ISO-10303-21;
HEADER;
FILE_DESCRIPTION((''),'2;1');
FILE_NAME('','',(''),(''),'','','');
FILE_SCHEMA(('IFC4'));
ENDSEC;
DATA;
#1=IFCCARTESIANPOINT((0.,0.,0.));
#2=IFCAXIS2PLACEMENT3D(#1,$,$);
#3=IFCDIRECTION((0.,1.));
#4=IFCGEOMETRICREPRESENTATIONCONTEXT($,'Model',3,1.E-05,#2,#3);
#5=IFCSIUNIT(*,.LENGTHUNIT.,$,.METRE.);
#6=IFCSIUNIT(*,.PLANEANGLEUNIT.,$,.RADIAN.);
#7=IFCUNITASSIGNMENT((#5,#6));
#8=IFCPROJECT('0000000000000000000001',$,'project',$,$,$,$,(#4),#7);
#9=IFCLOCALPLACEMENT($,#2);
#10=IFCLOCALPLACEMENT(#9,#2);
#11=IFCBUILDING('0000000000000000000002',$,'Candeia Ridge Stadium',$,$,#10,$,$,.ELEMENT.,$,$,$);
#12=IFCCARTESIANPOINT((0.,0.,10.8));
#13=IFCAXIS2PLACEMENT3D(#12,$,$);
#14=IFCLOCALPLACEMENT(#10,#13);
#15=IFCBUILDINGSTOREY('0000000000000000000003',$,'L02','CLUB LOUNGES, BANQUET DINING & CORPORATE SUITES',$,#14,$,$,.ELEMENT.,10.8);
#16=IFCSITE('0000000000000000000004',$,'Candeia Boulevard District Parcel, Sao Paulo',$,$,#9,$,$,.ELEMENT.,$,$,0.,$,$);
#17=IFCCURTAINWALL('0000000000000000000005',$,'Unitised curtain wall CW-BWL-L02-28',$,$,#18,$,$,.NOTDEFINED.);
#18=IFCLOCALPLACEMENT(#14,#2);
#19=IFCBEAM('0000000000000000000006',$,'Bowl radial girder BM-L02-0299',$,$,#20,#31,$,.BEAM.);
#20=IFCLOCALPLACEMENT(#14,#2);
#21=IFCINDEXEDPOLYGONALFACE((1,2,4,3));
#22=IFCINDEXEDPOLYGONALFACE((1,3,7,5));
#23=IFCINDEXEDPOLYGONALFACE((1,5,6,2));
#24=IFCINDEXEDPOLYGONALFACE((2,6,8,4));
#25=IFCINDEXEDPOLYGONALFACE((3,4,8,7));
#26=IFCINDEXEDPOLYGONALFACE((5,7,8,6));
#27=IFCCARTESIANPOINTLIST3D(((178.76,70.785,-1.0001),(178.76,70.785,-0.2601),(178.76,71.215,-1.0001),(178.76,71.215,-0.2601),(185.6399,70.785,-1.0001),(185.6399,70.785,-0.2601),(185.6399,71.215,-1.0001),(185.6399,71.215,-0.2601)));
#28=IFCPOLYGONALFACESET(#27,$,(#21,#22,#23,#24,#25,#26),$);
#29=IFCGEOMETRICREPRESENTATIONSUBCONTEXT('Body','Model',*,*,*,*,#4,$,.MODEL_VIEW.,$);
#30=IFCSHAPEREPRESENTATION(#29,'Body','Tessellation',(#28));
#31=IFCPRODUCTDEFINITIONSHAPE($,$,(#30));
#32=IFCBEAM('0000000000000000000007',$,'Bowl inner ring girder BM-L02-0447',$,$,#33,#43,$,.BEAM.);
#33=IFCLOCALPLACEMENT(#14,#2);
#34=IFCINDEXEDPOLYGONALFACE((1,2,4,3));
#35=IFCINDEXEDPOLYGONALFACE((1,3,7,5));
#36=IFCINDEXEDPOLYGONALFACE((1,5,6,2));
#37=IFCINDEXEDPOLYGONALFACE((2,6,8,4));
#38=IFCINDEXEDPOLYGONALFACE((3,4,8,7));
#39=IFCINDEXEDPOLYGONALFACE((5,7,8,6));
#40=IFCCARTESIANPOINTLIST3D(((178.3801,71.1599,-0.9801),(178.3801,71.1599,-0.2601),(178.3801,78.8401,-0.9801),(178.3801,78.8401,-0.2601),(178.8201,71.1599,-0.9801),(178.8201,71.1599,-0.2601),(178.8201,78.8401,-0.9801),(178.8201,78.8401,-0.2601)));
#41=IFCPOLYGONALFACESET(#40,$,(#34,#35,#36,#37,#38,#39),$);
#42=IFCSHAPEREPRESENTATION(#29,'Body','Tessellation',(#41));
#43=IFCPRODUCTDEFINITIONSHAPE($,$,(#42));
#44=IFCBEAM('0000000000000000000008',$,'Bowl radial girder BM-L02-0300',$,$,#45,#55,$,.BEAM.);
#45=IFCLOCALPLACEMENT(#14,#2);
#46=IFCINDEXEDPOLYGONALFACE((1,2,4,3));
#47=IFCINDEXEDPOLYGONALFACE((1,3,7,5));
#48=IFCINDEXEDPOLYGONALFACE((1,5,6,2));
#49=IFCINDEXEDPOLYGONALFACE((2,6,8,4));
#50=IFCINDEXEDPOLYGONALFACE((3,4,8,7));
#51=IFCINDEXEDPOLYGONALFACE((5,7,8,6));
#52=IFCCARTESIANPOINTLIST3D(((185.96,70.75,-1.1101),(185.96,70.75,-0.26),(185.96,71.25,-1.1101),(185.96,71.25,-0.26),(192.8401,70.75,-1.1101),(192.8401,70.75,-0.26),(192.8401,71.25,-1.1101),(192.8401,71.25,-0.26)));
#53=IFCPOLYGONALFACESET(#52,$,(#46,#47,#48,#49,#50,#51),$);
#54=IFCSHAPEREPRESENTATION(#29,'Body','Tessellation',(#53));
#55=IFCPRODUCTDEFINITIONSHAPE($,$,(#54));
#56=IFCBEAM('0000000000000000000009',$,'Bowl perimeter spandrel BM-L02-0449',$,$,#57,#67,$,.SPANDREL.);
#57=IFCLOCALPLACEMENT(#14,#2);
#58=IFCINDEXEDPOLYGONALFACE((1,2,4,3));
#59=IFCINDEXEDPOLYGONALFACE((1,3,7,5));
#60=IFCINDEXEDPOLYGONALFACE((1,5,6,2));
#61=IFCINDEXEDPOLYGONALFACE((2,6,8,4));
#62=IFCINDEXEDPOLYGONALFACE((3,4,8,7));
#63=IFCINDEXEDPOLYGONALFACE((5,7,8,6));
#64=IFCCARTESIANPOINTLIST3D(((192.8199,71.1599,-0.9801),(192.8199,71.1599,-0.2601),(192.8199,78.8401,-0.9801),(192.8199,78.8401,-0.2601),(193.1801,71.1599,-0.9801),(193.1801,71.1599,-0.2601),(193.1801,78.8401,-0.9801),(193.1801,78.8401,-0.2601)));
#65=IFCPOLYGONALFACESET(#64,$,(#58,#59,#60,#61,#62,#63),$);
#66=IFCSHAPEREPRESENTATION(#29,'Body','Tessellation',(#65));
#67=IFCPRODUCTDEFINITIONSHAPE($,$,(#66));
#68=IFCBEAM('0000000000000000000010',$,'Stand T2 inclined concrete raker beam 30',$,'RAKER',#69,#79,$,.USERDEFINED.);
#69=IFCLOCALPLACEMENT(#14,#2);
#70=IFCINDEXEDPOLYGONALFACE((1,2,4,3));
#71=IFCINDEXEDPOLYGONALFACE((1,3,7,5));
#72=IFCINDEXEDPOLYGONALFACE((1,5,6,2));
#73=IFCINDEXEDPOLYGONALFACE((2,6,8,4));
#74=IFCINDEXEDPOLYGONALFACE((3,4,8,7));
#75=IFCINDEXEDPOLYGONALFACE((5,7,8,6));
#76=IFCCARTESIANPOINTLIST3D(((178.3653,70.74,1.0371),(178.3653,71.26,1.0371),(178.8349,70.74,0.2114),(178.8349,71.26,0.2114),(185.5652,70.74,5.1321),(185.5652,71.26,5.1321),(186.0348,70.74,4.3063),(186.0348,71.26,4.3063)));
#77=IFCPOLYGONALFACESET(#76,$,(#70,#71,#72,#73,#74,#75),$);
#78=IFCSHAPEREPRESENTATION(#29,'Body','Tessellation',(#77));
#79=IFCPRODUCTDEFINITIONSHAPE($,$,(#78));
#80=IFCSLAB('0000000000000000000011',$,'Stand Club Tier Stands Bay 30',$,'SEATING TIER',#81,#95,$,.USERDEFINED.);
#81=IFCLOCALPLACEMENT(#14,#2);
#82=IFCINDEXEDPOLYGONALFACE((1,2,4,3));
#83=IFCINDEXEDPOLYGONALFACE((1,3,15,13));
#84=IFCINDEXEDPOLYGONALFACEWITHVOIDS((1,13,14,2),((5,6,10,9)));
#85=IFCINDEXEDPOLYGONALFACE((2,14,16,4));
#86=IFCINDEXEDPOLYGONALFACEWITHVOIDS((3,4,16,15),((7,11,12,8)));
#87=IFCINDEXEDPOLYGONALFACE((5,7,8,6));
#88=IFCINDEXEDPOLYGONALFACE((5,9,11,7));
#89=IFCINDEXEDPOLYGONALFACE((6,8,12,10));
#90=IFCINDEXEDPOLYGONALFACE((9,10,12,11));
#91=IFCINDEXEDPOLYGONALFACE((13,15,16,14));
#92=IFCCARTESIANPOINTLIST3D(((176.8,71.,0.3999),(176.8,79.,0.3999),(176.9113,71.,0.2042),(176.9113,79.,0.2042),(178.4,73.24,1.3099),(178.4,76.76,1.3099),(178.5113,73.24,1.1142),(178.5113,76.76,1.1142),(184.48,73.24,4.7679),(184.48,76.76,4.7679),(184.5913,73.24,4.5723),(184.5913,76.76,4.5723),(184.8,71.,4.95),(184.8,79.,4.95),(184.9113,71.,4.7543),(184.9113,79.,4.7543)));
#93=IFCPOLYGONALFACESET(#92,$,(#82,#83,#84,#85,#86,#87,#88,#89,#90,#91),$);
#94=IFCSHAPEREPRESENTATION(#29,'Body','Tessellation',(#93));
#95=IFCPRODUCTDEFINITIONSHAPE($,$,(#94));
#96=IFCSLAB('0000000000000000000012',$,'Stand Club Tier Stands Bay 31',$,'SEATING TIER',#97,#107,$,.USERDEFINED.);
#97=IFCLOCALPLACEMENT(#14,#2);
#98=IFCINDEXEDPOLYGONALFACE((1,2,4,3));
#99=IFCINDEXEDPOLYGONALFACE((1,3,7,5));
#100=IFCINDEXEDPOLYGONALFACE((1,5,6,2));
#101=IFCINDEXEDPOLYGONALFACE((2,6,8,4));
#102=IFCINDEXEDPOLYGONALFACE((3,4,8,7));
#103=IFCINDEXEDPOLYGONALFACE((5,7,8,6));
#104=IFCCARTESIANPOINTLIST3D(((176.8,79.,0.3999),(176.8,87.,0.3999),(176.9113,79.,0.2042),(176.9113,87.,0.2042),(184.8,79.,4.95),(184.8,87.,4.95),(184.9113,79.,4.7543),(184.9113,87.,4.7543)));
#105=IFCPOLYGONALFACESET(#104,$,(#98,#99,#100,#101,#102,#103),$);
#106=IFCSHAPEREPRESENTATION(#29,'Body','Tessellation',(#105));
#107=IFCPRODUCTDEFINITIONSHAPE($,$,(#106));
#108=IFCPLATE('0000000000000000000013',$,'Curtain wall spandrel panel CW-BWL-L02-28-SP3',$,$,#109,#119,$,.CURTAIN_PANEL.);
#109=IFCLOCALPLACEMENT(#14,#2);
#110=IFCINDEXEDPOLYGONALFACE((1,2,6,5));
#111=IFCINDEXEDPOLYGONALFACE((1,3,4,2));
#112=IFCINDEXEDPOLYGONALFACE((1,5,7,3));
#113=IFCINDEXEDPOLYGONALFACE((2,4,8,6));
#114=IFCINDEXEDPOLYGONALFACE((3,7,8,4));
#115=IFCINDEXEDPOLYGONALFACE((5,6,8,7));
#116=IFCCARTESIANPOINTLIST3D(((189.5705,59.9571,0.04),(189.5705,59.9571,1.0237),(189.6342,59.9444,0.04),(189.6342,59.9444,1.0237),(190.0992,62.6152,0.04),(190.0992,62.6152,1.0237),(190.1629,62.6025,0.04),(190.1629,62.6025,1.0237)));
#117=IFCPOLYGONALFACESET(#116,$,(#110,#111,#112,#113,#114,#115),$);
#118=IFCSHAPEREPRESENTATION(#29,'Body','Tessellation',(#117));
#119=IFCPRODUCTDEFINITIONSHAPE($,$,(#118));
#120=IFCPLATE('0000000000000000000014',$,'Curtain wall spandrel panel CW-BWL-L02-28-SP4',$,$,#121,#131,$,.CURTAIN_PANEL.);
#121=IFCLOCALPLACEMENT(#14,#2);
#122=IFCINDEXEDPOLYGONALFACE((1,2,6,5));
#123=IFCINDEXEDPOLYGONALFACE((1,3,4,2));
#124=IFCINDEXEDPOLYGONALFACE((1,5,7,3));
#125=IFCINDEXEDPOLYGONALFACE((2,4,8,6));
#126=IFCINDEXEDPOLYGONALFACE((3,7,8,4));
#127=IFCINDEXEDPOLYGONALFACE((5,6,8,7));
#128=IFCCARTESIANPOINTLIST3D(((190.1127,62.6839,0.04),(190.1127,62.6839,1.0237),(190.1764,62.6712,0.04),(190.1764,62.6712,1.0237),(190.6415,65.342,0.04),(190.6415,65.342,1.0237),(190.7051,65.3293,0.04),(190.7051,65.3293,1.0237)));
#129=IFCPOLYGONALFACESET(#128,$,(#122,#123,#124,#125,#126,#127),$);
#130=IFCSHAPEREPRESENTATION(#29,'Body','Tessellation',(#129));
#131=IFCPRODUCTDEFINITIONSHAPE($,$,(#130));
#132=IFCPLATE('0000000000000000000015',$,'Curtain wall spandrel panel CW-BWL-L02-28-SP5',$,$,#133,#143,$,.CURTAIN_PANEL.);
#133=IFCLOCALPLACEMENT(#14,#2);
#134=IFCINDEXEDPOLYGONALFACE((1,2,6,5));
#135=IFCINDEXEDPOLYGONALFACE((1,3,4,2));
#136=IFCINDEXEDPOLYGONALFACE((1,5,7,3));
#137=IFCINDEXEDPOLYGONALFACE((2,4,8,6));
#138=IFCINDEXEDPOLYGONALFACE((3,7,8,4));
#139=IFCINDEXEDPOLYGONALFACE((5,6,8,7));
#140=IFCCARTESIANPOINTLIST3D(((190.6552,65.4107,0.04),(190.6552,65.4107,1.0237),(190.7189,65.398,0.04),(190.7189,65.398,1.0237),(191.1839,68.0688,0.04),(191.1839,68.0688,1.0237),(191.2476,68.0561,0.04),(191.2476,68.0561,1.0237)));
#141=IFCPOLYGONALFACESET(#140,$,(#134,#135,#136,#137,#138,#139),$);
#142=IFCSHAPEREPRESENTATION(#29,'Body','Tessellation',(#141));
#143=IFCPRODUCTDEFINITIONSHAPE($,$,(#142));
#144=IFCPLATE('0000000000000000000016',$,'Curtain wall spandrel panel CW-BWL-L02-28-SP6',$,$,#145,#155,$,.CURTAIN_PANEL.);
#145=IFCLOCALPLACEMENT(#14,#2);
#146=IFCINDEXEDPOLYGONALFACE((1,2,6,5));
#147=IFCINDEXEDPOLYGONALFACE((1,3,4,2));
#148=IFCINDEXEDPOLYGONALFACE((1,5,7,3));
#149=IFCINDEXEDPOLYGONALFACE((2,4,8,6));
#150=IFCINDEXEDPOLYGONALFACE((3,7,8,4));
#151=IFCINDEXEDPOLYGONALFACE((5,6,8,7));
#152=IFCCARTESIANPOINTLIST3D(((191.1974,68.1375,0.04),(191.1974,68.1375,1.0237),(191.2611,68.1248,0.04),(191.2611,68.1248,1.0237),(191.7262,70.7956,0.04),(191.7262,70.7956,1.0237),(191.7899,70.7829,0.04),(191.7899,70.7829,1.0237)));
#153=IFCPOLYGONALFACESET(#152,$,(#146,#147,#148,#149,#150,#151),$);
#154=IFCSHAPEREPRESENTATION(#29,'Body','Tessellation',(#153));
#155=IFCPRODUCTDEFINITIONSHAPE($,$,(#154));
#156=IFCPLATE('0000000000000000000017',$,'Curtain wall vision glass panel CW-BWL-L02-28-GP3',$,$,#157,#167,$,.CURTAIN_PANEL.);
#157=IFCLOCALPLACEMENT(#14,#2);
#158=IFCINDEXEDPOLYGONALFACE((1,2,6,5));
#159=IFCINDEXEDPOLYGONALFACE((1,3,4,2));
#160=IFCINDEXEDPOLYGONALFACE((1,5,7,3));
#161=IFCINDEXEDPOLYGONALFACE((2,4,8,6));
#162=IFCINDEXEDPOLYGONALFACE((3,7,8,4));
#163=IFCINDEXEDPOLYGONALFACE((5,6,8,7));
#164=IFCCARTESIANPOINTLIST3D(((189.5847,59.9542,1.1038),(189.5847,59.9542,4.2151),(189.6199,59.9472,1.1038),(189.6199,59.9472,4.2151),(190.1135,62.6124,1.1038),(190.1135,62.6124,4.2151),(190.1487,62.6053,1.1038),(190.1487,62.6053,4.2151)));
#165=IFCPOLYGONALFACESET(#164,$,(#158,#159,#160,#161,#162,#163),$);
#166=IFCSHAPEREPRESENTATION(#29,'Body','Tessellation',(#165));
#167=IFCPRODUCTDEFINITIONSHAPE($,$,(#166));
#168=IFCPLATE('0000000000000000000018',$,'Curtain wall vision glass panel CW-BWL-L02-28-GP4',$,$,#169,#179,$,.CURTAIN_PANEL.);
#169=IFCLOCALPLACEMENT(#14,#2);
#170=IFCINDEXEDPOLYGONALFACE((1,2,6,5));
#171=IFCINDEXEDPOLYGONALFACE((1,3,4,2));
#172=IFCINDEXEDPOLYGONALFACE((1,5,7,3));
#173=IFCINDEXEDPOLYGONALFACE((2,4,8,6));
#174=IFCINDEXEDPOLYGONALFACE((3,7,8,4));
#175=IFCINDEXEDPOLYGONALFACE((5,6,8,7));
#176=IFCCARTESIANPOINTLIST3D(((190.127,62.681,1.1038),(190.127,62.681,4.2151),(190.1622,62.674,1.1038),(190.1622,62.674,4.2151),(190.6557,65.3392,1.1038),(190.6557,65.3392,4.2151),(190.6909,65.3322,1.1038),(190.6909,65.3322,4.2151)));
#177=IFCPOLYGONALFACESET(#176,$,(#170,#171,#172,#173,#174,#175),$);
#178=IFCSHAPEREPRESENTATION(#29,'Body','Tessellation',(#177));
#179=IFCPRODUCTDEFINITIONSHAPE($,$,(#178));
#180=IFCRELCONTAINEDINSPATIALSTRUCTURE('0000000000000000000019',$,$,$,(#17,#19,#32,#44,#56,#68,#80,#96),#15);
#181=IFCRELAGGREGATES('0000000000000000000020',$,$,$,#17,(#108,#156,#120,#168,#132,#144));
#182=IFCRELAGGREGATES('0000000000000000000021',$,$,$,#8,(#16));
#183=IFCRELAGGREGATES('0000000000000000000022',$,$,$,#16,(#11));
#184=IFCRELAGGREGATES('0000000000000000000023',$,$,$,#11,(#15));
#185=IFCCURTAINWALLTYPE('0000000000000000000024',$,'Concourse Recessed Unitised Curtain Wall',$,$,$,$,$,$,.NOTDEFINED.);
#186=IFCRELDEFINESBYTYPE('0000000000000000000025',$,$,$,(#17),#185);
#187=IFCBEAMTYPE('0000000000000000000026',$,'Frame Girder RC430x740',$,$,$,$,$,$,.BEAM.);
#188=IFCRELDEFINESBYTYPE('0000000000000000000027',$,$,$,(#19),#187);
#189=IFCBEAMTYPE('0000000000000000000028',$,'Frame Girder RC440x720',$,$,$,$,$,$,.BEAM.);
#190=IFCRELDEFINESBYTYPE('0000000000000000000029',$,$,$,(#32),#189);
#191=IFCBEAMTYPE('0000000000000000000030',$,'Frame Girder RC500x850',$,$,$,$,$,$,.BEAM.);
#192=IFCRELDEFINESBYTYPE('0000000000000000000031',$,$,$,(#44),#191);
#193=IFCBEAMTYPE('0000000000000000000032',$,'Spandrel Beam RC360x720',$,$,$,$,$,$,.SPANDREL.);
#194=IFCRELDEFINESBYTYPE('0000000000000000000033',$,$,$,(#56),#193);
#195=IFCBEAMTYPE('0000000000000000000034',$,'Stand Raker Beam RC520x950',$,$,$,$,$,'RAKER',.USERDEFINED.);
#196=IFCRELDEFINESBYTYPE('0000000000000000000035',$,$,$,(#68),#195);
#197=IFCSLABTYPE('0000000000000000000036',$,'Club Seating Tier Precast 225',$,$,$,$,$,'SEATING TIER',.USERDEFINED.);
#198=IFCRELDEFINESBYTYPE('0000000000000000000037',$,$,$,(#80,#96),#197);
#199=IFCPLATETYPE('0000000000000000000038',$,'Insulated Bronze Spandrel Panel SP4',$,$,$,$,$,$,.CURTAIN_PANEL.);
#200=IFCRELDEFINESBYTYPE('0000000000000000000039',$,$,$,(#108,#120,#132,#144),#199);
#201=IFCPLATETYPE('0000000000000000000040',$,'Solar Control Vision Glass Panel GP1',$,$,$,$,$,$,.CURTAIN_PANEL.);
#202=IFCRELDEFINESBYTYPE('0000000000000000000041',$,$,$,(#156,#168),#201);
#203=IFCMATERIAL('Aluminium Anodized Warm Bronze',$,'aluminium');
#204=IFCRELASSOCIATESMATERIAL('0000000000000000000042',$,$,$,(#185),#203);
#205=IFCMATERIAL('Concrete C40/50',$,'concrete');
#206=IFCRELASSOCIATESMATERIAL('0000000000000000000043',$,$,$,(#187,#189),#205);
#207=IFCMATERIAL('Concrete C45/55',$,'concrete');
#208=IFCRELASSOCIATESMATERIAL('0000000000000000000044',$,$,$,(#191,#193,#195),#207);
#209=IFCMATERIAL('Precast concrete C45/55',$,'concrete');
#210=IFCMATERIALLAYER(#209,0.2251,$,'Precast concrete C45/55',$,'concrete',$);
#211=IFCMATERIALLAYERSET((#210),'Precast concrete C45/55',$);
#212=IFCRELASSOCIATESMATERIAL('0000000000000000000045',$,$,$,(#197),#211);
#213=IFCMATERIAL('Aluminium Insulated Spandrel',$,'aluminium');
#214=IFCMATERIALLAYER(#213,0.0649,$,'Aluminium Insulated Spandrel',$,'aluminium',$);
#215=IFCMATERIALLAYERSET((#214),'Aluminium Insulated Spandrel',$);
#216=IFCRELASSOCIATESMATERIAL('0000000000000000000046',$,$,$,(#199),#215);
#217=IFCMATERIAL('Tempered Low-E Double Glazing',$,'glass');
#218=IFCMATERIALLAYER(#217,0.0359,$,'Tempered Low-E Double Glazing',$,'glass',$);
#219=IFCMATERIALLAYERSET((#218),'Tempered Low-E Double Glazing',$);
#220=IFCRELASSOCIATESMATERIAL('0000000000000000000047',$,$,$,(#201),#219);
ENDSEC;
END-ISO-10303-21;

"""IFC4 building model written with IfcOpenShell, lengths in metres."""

from ifc_helpers import new_model, si_unit, direction, frame, origin, origin_2d, place, context, subcontext, project, spatial, polyline, rectangle, outline, extrude, material, layer, layer_set, material_profile, profile_set, type_object, element, aggregate, save


model = new_model("IFC4")

# Units and contexts
model_context = context("Model", 3, precision=1e-05, world=origin(), true_north=direction((0.0, 1.0)))
body_context = subcontext(model_context, "Body", "Model", "MODEL_VIEW")
ifc_project = project(units=[si_unit("LENGTHUNIT", "METRE"), si_unit("PLANEANGLEUNIT", "RADIAN")], contexts=[model_context])

# Site, building, storey
site_placement = place(None, origin())
site = spatial("IfcSite", under=ifc_project, at=site_placement, Name="Candeia Boulevard District Parcel, Sao Paulo", CompositionType="ELEMENT", RefElevation=0.0)
building_placement = place(site_placement, origin())
building = spatial("IfcBuilding", under=site, at=building_placement, Name="Candeia Ridge Stadium", CompositionType="ELEMENT")
storey_placement = place(building_placement, frame((0.0, 0.0, 10.8)))
storey = spatial("IfcBuildingStorey", under=building, at=storey_placement, Name="L02", Description="CLUB LOUNGES, BANQUET DINING & CORPORATE SUITES", CompositionType="ELEMENT", Elevation=10.8)

# Shared definitions
ifc_material_1 = material(Name="Concrete C40/50", Category="concrete")

# Curtain wall
ifc_material_2 = material(Name="Aluminium Anodized Warm Bronze", Category="aluminium")
curtain_wall_type = type_object("IfcCurtainWallType", Name="Concourse Recessed Unitised Curtain Wall", PredefinedType="NOTDEFINED", material=ifc_material_2)
curtain_wall_placement = place(storey_placement, origin())
curtain_wall = element("IfcCurtainWall", 1, at=curtain_wall_placement, inside=storey, type_object=curtain_wall_type, Name="Unitised curtain wall CW-BWL-L02-28", PredefinedType="NOTDEFINED")

# Beams
ifc_material_profile_1 = material_profile(ifc_material_1, rectangle(XDim=0.4299, YDim=0.74, at=origin_2d()), Name="RC430x740", Category="concrete")
ifc_profile_set_1 = profile_set([ifc_material_profile_1], Name="Concrete C40/50")
beam_type_1 = type_object("IfcBeamType", Name="Frame Girder RC430x740", PredefinedType="BEAM", material=ifc_profile_set_1)
beam_1_placement = place(storey_placement, frame((178.76, 71.0, -0.6301), z_axis=(1.0, 0.0, 0.0), x_axis=(0.0, 1.0, 0.0)))
element("IfcBeam", 2, at=beam_1_placement, inside=storey, type_object=beam_type_1, Name="Bowl radial girder BM-L02-0299", PredefinedType="BEAM", context=body_context, shape_type="SweptSolid", body=[
    extrude(rectangle(XDim=0.4299, YDim=0.74, at=origin_2d()), origin(), (0.0, 0.0, 1.0), 6.8799),
])
ifc_material_profile_2 = material_profile(ifc_material_1, rectangle(XDim=0.4399, YDim=0.72, at=origin_2d()), Name="RC440x720", Category="concrete")
ifc_profile_set_2 = profile_set([ifc_material_profile_2], Name="Concrete C40/50")
beam_type_2 = type_object("IfcBeamType", Name="Frame Girder RC440x720", PredefinedType="BEAM", material=ifc_profile_set_2)
beam_2_placement = place(storey_placement, frame((178.6001, 71.1599, -0.6201), z_axis=(0.0, 1.0, 0.0), x_axis=(-1.0, 0.0, 0.0)))
element("IfcBeam", 3, at=beam_2_placement, inside=storey, type_object=beam_type_2, Name="Bowl inner ring girder BM-L02-0447", PredefinedType="BEAM", context=body_context, shape_type="SweptSolid", body=[
    extrude(rectangle(XDim=0.4399, YDim=0.72, at=origin_2d()), origin(), (0.0, 0.0, 1.0), 7.6802),
])
ifc_material_3 = material(Name="Concrete C45/55", Category="concrete")
ifc_material_profile_3 = material_profile(ifc_material_3, rectangle(XDim=0.5, YDim=0.8501, at=origin_2d()), Name="RC500x850", Category="concrete")
ifc_profile_set_3 = profile_set([ifc_material_profile_3], Name="Concrete C45/55")
beam_type_3 = type_object("IfcBeamType", Name="Frame Girder RC500x850", PredefinedType="BEAM", material=ifc_profile_set_3)
beam_3_placement = place(storey_placement, frame((185.96, 71.0, -0.6851), z_axis=(1.0, 0.0, 0.0), x_axis=(0.0, 1.0, 0.0)))
element("IfcBeam", 4, at=beam_3_placement, inside=storey, type_object=beam_type_3, Name="Bowl radial girder BM-L02-0300", PredefinedType="BEAM", context=body_context, shape_type="SweptSolid", body=[
    extrude(rectangle(XDim=0.5, YDim=0.8501, at=origin_2d()), origin(), (0.0, 0.0, 1.0), 6.8801),
])
ifc_material_profile_4 = material_profile(ifc_material_3, rectangle(XDim=0.3601, YDim=0.72, at=origin_2d()), Name="RC360x720", Category="concrete")
ifc_profile_set_4 = profile_set([ifc_material_profile_4], Name="Concrete C45/55")
beam_type_4 = type_object("IfcBeamType", Name="Spandrel Beam RC360x720", PredefinedType="SPANDREL", material=ifc_profile_set_4)
beam_4_placement = place(storey_placement, frame((193.0, 71.1599, -0.6201), z_axis=(0.0, 1.0, 0.0), x_axis=(-1.0, 0.0, 0.0)))
element("IfcBeam", 5, at=beam_4_placement, inside=storey, type_object=beam_type_4, Name="Bowl perimeter spandrel BM-L02-0449", PredefinedType="SPANDREL", context=body_context, shape_type="SweptSolid", body=[
    extrude(rectangle(XDim=0.3601, YDim=0.72, at=origin_2d()), origin(), (0.0, 0.0, 1.0), 7.6802),
])
ifc_material_profile_5 = material_profile(ifc_material_3, rectangle(XDim=0.52, YDim=0.95, at=origin_2d()), Name="RC520x950", Category="concrete")
ifc_profile_set_5 = profile_set([ifc_material_profile_5], Name="Concrete C45/55")
beam_type_5 = type_object("IfcBeamType", Name="Stand Raker Beam RC520x950", ElementType="RAKER", PredefinedType="USERDEFINED", material=ifc_profile_set_5)
beam_5_placement = place(storey_placement, frame((178.6001, 71.0, 0.6243), z_axis=(0.869244, 0.0, 0.494383), x_axis=(0.0, 1.0, 0.0)))
element("IfcBeam", 6, at=beam_5_placement, inside=storey, type_object=beam_type_5, Name="Stand T2 inclined concrete raker beam 30", ObjectType="RAKER", PredefinedType="USERDEFINED", context=body_context, shape_type="SweptSolid", body=[
    extrude(rectangle(XDim=0.52, YDim=0.95, at=origin_2d()), origin(), (0.0, 0.0, 1.0), 8.283),
])

# Slabs
ifc_material_4 = material(Name="Precast concrete C45/55", Category="concrete")
ifc_layer_1 = layer(ifc_material_4, 0.2251, Name="Precast concrete C45/55", Category="concrete")
ifc_layer_set_1 = layer_set([ifc_layer_1], Name="Precast concrete C45/55")
slab_type = type_object("IfcSlabType", Name="Club Seating Tier Precast 225", ElementType="SEATING TIER", PredefinedType="USERDEFINED", material=ifc_layer_set_1)
slab_1_placement = place(storey_placement, frame((176.8, 71.0, 0.3999), z_axis=(-0.494387, 0.0, 0.869242), x_axis=(0.0, 1.0, 0.0)))
element("IfcSlab", 7, at=slab_1_placement, inside=storey, type_object=slab_type, Name="Stand Club Tier Stands Bay 30", ObjectType="SEATING TIER", PredefinedType="USERDEFINED", context=body_context, shape_type="SweptSolid", body=[
    extrude(outline(polyline([(0.0, 0.0), (8.0, 0.0), (8.0, -9.2034), (0.0, -9.2034), (0.0, 0.0)]), holes=[polyline([(2.24, -1.8406), (5.76, -1.8406), (5.76, -8.8353), (2.24, -8.8353), (2.24, -1.8406)])]), origin(), (0.0, 0.0, -1.0), 0.2251),
])
slab_2_placement = place(storey_placement, frame((176.8, 79.0, 0.3999), z_axis=(-0.494387, 0.0, 0.869242), x_axis=(0.0, 1.0, 0.0)))
element("IfcSlab", 8, at=slab_2_placement, inside=storey, type_object=slab_type, Name="Stand Club Tier Stands Bay 31", ObjectType="SEATING TIER", PredefinedType="USERDEFINED", context=body_context, shape_type="SweptSolid", body=[
    extrude(outline(polyline([(0.0, 0.0), (8.0, 0.0), (8.0, -9.2034), (0.0, -9.2034), (0.0, 0.0)])), origin(), (0.0, 0.0, -1.0), 0.2251),
])

# Plates
ifc_material_5 = material(Name="Aluminium Insulated Spandrel", Category="aluminium")
ifc_layer_2 = layer(ifc_material_5, 0.0649, Name="Aluminium Insulated Spandrel", Category="aluminium")
ifc_layer_set_2 = layer_set([ifc_layer_2], Name="Aluminium Insulated Spandrel")
plate_type_1 = type_object("IfcPlateType", Name="Insulated Bronze Spandrel Panel SP4", PredefinedType="CURTAIN_PANEL", material=ifc_layer_set_2)
plate_1_placement = place(storey_placement, frame((189.8667, 61.2798, 0.04), z_axis=(0.0, 0.0, 1.0), x_axis=(0.19509, 0.980785, 0.0)))
plate_1 = element("IfcPlate", 9, at=plate_1_placement, type_object=plate_type_1, Name="Curtain wall spandrel panel CW-BWL-L02-28-SP3", PredefinedType="CURTAIN_PANEL", context=body_context, shape_type="SweptSolid", body=[
    extrude(rectangle(XDim=2.7102, YDim=0.0649, at=origin_2d()), origin(), (0.0, 0.0, 1.0), 0.9836),
])
plate_2_placement = place(storey_placement, frame((190.4089, 64.0066, 0.04), z_axis=(0.0, 0.0, 1.0), x_axis=(0.19509, 0.980785, 0.0)))
plate_2 = element("IfcPlate", 10, at=plate_2_placement, type_object=plate_type_1, Name="Curtain wall spandrel panel CW-BWL-L02-28-SP4", PredefinedType="CURTAIN_PANEL", context=body_context, shape_type="SweptSolid", body=[
    extrude(rectangle(XDim=2.7102, YDim=0.0649, at=origin_2d()), origin(), (0.0, 0.0, 1.0), 0.9836),
])
plate_3_placement = place(storey_placement, frame((190.9514, 66.7334, 0.04), z_axis=(0.0, 0.0, 1.0), x_axis=(0.19509, 0.980785, 0.0)))
plate_3 = element("IfcPlate", 11, at=plate_3_placement, type_object=plate_type_1, Name="Curtain wall spandrel panel CW-BWL-L02-28-SP5", PredefinedType="CURTAIN_PANEL", context=body_context, shape_type="SweptSolid", body=[
    extrude(rectangle(XDim=2.7102, YDim=0.0649, at=origin_2d()), origin(), (0.0, 0.0, 1.0), 0.9836),
])
plate_4_placement = place(storey_placement, frame((191.4937, 69.4602, 0.04), z_axis=(0.0, 0.0, 1.0), x_axis=(0.19509, 0.980785, 0.0)))
plate_4 = element("IfcPlate", 12, at=plate_4_placement, type_object=plate_type_1, Name="Curtain wall spandrel panel CW-BWL-L02-28-SP6", PredefinedType="CURTAIN_PANEL", context=body_context, shape_type="SweptSolid", body=[
    extrude(rectangle(XDim=2.7102, YDim=0.0649, at=origin_2d()), origin(), (0.0, 0.0, 1.0), 0.9836),
])
ifc_material_6 = material(Name="Tempered Low-E Double Glazing", Category="glass")
ifc_layer_3 = layer(ifc_material_6, 0.0359, Name="Tempered Low-E Double Glazing", Category="glass")
ifc_layer_set_3 = layer_set([ifc_layer_3], Name="Tempered Low-E Double Glazing")
plate_type_2 = type_object("IfcPlateType", Name="Solar Control Vision Glass Panel GP1", PredefinedType="CURTAIN_PANEL", material=ifc_layer_set_3)
plate_5_placement = place(storey_placement, frame((189.8667, 61.2798, 1.1038), z_axis=(0.0, 0.0, 1.0), x_axis=(0.19509, 0.980785, 0.0)))
plate_5 = element("IfcPlate", 13, at=plate_5_placement, type_object=plate_type_2, Name="Curtain wall vision glass panel CW-BWL-L02-28-GP3", PredefinedType="CURTAIN_PANEL", context=body_context, shape_type="SweptSolid", body=[
    extrude(rectangle(XDim=2.7102, YDim=0.0359, at=origin_2d()), origin(), (0.0, 0.0, 1.0), 3.1113),
])
plate_6_placement = place(storey_placement, frame((190.4089, 64.0066, 1.1038), z_axis=(0.0, 0.0, 1.0), x_axis=(0.19509, 0.980785, 0.0)))
plate_6 = element("IfcPlate", 14, at=plate_6_placement, type_object=plate_type_2, Name="Curtain wall vision glass panel CW-BWL-L02-28-GP4", PredefinedType="CURTAIN_PANEL", context=body_context, shape_type="SweptSolid", body=[
    extrude(rectangle(XDim=2.7102, YDim=0.0359, at=origin_2d()), origin(), (0.0, 0.0, 1.0), 3.1113),
])
aggregate(curtain_wall, [plate_1, plate_5, plate_2, plate_6, plate_3, plate_4])

save(model, "model.ifc")
